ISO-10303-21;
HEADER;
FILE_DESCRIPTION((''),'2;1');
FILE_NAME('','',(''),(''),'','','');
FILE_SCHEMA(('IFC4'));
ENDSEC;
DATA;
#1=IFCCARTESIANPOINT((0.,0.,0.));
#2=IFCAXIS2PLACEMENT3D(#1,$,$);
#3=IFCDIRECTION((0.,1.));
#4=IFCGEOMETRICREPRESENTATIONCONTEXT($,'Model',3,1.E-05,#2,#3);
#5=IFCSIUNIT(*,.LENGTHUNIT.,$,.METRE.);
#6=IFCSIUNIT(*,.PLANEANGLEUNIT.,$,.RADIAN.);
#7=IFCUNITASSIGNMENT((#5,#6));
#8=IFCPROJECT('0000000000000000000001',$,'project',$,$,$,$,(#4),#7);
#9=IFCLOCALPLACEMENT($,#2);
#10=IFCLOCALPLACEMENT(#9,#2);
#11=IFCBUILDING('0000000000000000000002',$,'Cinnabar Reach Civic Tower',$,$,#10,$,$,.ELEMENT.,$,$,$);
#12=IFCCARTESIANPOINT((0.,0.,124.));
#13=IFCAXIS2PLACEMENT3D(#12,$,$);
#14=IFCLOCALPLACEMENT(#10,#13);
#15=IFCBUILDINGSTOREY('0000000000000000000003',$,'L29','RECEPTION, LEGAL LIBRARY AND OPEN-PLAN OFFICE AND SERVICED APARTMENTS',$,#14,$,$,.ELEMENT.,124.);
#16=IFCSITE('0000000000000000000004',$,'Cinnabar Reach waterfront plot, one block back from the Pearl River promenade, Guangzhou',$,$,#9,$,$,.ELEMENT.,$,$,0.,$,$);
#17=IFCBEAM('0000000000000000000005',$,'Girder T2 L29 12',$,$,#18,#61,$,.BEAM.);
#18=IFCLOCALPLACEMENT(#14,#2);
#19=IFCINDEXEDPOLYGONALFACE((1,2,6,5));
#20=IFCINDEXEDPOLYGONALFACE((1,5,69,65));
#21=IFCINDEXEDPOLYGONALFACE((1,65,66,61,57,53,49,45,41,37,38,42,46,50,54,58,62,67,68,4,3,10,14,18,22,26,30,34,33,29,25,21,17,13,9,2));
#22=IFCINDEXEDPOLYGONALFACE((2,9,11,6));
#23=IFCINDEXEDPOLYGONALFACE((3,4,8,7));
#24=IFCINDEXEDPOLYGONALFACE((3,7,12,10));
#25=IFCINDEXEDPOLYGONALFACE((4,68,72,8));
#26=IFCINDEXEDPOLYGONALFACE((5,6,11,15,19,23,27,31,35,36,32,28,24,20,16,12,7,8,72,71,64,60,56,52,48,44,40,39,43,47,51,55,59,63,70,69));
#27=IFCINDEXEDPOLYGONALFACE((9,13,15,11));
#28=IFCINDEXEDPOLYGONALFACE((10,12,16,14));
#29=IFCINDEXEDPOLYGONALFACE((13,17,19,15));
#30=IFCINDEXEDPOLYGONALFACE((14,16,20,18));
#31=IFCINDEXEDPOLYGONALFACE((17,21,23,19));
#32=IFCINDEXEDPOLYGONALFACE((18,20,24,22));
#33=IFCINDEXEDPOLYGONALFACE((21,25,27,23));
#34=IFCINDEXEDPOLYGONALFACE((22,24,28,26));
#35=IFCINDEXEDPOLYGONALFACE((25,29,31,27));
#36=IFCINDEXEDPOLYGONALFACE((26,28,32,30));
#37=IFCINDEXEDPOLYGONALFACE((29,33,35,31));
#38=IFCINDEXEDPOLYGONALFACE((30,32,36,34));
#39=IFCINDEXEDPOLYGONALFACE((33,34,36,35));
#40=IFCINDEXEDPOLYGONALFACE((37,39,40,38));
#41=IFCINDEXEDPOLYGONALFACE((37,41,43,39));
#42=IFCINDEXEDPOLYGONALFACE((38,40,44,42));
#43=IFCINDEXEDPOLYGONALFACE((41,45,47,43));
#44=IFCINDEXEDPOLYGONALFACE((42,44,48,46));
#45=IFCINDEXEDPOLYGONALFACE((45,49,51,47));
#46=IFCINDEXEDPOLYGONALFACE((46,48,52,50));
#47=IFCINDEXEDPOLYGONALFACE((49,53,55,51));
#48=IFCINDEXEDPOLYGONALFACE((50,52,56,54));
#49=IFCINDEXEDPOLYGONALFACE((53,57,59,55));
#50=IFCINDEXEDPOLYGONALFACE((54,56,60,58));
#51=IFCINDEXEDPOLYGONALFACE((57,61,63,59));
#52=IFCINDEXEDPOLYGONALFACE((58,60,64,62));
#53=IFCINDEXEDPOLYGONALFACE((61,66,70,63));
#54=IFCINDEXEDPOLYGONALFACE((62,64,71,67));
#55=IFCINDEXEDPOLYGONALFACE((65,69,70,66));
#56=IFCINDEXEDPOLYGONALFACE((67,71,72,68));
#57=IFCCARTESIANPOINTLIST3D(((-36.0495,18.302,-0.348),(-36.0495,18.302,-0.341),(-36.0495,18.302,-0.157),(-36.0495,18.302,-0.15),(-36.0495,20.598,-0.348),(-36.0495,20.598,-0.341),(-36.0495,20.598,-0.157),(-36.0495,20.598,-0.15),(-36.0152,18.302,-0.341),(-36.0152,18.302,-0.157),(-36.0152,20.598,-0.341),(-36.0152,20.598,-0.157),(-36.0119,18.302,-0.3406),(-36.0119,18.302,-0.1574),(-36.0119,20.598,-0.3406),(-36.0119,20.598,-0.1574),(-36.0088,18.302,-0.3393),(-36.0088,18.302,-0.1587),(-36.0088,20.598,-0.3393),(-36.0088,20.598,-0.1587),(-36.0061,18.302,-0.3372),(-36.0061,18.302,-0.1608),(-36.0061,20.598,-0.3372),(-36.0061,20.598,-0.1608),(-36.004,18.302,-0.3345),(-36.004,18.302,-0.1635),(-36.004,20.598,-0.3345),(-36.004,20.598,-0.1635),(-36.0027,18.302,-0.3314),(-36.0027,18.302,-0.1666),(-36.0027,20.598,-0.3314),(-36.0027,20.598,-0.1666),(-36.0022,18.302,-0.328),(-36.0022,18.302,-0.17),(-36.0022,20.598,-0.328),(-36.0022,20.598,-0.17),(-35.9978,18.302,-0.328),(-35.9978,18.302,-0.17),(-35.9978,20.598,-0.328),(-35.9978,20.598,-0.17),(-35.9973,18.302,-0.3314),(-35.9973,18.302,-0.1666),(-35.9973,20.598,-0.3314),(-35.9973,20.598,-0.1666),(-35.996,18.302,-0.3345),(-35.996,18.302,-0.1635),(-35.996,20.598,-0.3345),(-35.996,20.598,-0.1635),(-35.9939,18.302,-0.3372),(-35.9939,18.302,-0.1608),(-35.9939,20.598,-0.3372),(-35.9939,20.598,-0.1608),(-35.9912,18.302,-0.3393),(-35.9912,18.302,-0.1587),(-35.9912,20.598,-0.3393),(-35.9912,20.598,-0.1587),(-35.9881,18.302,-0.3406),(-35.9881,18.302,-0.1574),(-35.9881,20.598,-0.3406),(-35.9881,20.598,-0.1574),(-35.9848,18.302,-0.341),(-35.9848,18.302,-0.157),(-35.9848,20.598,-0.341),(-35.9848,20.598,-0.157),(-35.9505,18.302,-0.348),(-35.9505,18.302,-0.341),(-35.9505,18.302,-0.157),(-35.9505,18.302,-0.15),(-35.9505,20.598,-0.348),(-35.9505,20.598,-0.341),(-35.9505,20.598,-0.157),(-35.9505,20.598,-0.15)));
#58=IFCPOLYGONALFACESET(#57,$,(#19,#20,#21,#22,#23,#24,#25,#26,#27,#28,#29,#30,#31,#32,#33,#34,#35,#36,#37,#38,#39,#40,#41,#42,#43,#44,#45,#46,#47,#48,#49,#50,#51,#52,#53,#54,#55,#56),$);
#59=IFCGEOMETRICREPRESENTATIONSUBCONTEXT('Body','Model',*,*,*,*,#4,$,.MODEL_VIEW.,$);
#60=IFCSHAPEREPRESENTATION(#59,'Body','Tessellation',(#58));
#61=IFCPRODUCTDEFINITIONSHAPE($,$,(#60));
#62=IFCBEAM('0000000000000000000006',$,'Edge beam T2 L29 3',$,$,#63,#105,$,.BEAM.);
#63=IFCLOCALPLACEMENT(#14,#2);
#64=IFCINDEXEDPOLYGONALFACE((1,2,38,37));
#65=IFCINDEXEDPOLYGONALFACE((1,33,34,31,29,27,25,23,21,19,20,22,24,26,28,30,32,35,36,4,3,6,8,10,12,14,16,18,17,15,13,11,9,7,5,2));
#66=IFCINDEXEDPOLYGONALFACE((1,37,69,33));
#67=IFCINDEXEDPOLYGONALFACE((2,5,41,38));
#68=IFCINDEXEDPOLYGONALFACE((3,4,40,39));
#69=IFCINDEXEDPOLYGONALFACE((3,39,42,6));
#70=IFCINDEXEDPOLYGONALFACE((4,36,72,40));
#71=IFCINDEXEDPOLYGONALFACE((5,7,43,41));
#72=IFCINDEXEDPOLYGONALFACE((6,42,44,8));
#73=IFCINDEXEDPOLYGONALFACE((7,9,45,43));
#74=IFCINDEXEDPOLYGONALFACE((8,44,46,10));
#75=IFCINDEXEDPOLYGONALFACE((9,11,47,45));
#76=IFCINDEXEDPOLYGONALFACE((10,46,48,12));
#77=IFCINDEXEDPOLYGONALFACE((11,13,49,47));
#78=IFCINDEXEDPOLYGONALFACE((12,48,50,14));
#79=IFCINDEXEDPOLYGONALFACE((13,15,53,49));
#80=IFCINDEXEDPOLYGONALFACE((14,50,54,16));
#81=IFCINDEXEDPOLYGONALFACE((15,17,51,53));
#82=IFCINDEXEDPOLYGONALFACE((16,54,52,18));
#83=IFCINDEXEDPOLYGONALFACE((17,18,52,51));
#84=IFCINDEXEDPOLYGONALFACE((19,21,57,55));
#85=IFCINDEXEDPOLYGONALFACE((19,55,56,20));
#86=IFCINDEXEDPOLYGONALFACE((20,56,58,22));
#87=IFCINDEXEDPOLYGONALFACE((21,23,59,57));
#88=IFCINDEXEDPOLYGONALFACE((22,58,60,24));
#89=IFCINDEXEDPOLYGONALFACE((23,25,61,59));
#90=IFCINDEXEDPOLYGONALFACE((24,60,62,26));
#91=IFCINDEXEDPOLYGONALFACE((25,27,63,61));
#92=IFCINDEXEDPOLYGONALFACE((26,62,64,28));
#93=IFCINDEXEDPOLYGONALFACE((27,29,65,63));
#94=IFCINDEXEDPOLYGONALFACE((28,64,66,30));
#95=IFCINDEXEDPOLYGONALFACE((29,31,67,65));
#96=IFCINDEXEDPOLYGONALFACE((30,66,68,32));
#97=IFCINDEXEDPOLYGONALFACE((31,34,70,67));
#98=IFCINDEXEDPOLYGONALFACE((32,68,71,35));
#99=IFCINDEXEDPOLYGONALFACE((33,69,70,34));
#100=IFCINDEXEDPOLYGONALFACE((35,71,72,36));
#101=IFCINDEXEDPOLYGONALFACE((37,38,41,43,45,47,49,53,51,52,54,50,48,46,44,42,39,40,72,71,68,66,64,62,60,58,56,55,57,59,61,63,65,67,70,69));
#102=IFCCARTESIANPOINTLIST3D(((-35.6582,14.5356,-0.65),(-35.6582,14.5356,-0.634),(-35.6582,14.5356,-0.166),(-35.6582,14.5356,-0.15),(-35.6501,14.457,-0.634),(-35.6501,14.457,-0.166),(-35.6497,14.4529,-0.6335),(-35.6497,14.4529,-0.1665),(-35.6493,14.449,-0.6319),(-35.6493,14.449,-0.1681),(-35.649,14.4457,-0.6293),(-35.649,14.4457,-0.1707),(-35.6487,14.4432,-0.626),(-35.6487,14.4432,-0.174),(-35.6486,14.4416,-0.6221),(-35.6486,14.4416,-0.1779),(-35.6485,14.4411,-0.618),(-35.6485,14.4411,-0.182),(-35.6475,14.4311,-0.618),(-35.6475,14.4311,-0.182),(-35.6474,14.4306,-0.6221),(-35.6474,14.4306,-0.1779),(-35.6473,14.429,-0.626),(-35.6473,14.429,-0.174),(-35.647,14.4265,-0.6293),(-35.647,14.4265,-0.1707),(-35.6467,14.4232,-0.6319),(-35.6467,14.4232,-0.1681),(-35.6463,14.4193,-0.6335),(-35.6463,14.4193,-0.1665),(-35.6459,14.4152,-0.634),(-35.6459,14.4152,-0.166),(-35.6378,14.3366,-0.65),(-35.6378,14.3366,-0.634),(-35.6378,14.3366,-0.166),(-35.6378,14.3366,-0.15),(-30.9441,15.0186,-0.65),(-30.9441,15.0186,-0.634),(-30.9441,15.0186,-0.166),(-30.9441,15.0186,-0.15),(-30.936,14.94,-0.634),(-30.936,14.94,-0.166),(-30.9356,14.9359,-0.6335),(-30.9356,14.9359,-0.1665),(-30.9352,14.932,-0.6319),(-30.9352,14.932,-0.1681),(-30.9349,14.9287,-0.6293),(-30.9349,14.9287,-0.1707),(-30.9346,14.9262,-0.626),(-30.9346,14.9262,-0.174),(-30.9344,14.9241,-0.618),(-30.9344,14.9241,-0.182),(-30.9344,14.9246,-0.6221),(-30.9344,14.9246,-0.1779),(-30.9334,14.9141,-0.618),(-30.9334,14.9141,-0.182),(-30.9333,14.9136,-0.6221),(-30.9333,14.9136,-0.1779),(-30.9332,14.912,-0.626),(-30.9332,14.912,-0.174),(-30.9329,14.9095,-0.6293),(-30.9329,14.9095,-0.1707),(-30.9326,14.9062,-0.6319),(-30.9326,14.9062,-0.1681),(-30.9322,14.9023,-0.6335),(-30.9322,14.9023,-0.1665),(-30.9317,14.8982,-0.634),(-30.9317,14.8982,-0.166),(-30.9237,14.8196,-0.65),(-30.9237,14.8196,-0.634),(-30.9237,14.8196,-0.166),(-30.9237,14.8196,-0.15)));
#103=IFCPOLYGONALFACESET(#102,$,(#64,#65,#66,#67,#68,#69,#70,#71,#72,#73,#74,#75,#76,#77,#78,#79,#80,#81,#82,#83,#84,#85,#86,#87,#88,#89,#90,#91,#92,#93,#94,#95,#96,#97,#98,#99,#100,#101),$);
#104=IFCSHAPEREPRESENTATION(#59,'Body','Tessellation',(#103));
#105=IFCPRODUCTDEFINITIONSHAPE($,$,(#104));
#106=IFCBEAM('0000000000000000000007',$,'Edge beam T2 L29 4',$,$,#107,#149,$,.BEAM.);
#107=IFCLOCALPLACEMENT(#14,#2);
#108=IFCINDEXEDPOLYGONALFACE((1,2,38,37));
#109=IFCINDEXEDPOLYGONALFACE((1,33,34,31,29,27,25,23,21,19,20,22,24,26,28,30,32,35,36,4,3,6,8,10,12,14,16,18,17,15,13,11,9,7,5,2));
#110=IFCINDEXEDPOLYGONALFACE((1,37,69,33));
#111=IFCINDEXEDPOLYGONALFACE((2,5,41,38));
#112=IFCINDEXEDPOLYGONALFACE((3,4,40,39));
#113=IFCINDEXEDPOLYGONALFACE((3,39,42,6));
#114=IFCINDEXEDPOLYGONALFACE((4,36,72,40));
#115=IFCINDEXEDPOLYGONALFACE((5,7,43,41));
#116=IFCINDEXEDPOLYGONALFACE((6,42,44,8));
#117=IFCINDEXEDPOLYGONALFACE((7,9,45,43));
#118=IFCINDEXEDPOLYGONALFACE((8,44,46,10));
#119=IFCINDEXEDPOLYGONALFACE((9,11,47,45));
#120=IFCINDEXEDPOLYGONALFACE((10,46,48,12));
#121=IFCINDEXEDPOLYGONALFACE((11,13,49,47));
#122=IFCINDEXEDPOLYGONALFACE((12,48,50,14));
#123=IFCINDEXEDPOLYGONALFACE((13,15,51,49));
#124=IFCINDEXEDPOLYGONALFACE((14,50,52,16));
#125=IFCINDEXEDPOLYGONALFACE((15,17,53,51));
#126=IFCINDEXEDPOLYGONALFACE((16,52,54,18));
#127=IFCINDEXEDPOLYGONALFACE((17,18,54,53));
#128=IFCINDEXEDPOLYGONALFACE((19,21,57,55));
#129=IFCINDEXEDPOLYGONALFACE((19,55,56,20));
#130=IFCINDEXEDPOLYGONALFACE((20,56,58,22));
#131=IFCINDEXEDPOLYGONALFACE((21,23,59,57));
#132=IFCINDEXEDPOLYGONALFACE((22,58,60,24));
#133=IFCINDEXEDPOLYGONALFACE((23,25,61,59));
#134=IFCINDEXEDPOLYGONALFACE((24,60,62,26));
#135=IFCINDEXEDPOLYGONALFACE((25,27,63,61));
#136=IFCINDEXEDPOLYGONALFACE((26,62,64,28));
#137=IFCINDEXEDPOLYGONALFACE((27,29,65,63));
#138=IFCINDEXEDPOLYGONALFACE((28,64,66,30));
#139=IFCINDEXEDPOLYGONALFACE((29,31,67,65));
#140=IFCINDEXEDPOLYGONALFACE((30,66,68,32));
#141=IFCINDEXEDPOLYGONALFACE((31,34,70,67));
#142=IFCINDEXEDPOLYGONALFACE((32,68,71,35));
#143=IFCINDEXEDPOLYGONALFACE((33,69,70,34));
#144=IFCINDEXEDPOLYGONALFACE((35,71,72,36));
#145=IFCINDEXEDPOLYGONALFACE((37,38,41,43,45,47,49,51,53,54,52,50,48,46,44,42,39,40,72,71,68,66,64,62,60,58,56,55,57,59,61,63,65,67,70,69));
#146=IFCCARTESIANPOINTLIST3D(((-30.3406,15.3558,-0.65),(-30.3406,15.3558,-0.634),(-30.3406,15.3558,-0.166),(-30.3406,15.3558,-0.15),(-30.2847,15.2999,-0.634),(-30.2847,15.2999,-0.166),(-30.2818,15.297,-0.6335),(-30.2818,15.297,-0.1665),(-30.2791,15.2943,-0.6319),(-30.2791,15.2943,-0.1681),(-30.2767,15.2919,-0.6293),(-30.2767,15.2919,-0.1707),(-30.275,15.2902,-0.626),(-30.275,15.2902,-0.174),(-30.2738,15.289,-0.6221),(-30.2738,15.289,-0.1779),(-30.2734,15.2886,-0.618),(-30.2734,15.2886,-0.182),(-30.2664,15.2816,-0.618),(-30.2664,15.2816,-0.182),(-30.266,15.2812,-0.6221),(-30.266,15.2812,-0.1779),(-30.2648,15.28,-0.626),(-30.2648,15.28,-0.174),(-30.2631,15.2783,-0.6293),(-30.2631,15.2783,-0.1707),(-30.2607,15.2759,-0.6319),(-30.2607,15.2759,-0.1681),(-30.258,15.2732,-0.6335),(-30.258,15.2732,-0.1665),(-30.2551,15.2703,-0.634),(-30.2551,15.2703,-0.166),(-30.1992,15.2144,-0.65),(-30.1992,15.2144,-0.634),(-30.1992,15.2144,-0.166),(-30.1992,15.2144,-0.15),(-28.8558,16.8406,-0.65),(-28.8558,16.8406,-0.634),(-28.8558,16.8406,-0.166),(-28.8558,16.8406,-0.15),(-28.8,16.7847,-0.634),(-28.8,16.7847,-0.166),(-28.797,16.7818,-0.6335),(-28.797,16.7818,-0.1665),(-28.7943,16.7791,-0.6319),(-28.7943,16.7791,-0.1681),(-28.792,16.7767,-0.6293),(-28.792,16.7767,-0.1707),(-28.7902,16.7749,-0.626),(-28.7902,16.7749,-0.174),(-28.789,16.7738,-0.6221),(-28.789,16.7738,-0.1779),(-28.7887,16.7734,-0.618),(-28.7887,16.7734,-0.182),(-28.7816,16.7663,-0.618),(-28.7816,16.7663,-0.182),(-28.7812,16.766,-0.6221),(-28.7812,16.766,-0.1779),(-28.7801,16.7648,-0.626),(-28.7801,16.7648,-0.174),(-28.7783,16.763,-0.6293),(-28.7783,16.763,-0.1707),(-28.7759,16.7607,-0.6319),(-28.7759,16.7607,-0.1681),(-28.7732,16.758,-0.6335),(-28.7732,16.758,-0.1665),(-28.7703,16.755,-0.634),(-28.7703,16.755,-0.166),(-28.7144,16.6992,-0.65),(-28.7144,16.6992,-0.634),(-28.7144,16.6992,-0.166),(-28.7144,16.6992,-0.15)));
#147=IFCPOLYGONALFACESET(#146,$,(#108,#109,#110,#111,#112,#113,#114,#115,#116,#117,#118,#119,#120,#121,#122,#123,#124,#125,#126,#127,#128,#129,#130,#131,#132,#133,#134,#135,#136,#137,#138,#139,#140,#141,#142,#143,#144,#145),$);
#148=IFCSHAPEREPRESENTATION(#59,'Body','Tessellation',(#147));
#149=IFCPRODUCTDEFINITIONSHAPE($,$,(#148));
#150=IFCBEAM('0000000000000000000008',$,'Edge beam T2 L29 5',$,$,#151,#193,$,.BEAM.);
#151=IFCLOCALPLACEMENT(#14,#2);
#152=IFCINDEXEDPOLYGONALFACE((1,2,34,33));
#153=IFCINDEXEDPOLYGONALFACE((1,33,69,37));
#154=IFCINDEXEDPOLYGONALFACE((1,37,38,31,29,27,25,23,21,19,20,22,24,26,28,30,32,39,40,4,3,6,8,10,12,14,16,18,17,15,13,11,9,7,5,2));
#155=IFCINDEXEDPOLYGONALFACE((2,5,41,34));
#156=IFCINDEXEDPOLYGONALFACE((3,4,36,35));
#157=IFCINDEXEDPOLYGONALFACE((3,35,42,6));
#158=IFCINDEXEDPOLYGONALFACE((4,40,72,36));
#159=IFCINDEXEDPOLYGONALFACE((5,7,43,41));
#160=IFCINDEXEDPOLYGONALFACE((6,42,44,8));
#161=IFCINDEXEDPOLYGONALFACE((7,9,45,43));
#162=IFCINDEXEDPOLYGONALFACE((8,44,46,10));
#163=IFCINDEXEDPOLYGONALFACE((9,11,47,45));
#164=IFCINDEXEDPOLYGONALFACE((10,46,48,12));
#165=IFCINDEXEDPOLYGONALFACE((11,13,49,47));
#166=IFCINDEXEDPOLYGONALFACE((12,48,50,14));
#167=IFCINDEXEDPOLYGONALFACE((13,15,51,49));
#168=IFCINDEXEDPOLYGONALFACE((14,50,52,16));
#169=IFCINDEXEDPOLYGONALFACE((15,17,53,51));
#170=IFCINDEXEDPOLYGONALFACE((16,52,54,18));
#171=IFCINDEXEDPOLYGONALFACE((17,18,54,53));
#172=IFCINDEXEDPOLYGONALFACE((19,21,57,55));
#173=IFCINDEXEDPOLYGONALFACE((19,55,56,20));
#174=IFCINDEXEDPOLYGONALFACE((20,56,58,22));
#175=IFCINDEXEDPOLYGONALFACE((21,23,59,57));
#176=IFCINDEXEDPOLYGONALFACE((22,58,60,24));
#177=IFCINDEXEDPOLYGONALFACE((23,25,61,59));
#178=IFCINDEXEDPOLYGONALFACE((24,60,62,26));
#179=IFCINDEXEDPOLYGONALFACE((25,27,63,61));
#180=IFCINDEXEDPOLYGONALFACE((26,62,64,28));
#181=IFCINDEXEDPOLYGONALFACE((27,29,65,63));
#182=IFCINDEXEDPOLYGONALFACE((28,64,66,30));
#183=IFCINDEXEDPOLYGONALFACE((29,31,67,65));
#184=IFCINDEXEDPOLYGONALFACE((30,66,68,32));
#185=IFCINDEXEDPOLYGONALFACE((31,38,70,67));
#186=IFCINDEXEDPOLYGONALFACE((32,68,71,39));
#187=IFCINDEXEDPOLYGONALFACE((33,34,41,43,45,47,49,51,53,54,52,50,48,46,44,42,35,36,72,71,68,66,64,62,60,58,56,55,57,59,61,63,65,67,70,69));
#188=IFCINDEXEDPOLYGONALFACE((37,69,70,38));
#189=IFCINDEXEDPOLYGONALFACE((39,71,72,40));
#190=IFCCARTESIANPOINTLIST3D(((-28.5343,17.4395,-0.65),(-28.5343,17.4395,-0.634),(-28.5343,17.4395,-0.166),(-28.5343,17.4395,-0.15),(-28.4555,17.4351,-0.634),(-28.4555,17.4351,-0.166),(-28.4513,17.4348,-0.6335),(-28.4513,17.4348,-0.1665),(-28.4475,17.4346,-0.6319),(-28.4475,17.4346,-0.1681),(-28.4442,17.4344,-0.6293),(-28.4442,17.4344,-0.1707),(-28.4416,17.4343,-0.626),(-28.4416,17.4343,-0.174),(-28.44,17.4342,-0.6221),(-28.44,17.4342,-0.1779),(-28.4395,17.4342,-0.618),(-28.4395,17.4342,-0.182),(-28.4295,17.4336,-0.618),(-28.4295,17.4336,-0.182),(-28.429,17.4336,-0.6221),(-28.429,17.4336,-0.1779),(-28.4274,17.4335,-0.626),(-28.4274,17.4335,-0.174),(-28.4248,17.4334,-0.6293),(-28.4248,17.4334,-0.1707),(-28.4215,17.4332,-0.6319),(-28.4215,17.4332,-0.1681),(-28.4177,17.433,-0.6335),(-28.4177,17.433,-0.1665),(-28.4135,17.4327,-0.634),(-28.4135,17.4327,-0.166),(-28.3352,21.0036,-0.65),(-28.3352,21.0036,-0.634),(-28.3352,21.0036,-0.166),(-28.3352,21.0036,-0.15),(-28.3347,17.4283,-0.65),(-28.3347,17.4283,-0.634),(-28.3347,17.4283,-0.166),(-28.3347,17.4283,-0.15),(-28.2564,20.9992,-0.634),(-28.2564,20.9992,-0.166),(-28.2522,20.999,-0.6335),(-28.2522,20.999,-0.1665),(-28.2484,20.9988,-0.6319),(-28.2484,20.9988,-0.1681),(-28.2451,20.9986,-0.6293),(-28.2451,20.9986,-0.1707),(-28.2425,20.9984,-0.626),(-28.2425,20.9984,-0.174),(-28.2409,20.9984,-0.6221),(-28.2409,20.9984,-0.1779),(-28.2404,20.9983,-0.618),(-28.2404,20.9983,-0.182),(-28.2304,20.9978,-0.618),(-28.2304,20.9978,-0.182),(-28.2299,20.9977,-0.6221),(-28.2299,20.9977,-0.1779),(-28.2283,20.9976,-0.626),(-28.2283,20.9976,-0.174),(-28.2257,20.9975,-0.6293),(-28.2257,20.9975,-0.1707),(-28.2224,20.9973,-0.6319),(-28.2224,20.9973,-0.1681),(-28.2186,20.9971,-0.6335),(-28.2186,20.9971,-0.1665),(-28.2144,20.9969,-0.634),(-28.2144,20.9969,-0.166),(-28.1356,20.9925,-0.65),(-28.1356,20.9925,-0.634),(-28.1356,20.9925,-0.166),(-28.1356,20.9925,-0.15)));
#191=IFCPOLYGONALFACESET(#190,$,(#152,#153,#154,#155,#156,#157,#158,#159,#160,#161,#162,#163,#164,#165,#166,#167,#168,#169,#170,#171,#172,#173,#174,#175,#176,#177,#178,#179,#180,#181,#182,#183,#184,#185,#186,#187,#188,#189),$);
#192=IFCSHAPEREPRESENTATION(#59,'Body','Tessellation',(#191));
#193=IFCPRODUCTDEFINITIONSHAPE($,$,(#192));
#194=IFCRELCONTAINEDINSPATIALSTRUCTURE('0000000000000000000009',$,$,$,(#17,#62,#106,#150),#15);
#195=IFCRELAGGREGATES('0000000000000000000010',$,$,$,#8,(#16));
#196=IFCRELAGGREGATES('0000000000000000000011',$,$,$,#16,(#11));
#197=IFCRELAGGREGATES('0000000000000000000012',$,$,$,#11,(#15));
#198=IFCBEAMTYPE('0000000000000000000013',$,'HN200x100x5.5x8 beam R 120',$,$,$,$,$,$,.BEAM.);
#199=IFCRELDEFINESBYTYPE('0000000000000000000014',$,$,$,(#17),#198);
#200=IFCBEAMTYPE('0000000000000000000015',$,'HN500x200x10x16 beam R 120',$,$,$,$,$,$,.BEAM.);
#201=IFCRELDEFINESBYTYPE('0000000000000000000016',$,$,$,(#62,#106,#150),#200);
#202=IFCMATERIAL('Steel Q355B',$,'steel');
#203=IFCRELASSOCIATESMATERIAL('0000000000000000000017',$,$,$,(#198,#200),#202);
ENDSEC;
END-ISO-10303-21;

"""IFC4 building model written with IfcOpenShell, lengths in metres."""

from ifc_helpers import new_model, si_unit, direction, frame, origin, origin_2d, place, context, subcontext, project, spatial, i_section, extrude, material, material_profile, profile_set, type_object, element, save


model = new_model("IFC4")

# Units and contexts
model_context = context("Model", 3, precision=1e-05, world=origin(), true_north=direction((0.0, 1.0)))
body_context = subcontext(model_context, "Body", "Model", "MODEL_VIEW")
ifc_project = project(units=[si_unit("LENGTHUNIT", "METRE"), si_unit("PLANEANGLEUNIT", "RADIAN")], contexts=[model_context])

# Site, building, storey
site_placement = place(None, origin())
site = spatial("IfcSite", under=ifc_project, at=site_placement, Name="Cinnabar Reach waterfront plot, one block back from the Pearl River promenade, Guangzhou", CompositionType="ELEMENT", RefElevation=0.0)
building_placement = place(site_placement, origin())
building = spatial("IfcBuilding", under=site, at=building_placement, Name="Cinnabar Reach Civic Tower", CompositionType="ELEMENT")
storey_placement = place(building_placement, frame((0.0, 0.0, 124.0)))
storey = spatial("IfcBuildingStorey", under=building, at=storey_placement, Name="L29", Description="RECEPTION, LEGAL LIBRARY AND OPEN-PLAN OFFICE AND SERVICED APARTMENTS", CompositionType="ELEMENT", Elevation=124.0)

# Beams
ifc_material_1 = material(Name="Steel Q355B", Category="steel")
ifc_material_profile_1 = material_profile(ifc_material_1, i_section(OverallWidth=0.099, OverallDepth=0.198, WebThickness=0.0045, FlangeThickness=0.007, FilletRadius=0.013, at=origin_2d()), Name="HN200x100x5.5x8")
ifc_profile_set_1 = profile_set([ifc_material_profile_1], Name="Steel Q355B")
beam_type_1 = type_object("IfcBeamType", Name="HN200x100x5.5x8 beam R 120", PredefinedType="BEAM", material=ifc_profile_set_1)
beam_1_placement = place(storey_placement, frame((-36.0, 18.302, -0.249), z_axis=(0.0, 1.0, 0.0), x_axis=(-1.0, 0.0, 0.0)))
element("IfcBeam", 1, at=beam_1_placement, inside=storey, type_object=beam_type_1, Name="Girder T2 L29 12", PredefinedType="BEAM", context=body_context, shape_type="SweptSolid", body=[
    extrude(i_section(OverallWidth=0.099, OverallDepth=0.198, WebThickness=0.0045, FlangeThickness=0.007, FilletRadius=0.013, at=origin_2d()), origin(), (0.0, 0.0, 1.0), 2.296),
])
ifc_material_profile_2 = material_profile(ifc_material_1, i_section(OverallWidth=0.2, OverallDepth=0.5, WebThickness=0.01, FlangeThickness=0.016, FilletRadius=0.016, at=origin_2d()), Name="HN500x200x10x16")
ifc_profile_set_2 = profile_set([ifc_material_profile_2], Name="Steel Q355B")
beam_type_2 = type_object("IfcBeamType", Name="HN500x200x10x16 beam R 120", PredefinedType="BEAM", material=ifc_profile_set_2)
beam_2_placement = place(storey_placement, frame((-35.648, 14.4361, -0.4), z_axis=(0.994792, 0.101925, 0.0), x_axis=(-0.101925, 0.994792, 0.0)))
element("IfcBeam", 2, at=beam_2_placement, inside=storey, type_object=beam_type_2, Name="Edge beam T2 L29 3", PredefinedType="BEAM", context=body_context, shape_type="SweptSolid", body=[
    extrude(i_section(OverallWidth=0.2, OverallDepth=0.5, WebThickness=0.01, FlangeThickness=0.016, FilletRadius=0.016, at=origin_2d()), origin(), (0.0, 0.0, 1.0), 4.7388),
])
beam_3_placement = place(storey_placement, frame((-30.2699, 15.2851, -0.4), z_axis=(0.707107, 0.707107, 0.0), x_axis=(-0.707107, 0.707107, 0.0)))
element("IfcBeam", 3, at=beam_3_placement, inside=storey, type_object=beam_type_2, Name="Edge beam T2 L29 4", PredefinedType="BEAM", context=body_context, shape_type="SweptSolid", body=[
    extrude(i_section(OverallWidth=0.2, OverallDepth=0.5, WebThickness=0.01, FlangeThickness=0.016, FilletRadius=0.016, at=origin_2d()), origin(), (0.0, 0.0, 1.0), 2.0998),
])
beam_4_placement = place(storey_placement, frame((-28.4345, 17.4339, -0.4), z_axis=(0.055776, 0.998443, 0.0), x_axis=(-0.998443, 0.055776, 0.0)))
element("IfcBeam", 4, at=beam_4_placement, inside=storey, type_object=beam_type_2, Name="Edge beam T2 L29 5", PredefinedType="BEAM", context=body_context, shape_type="SweptSolid", body=[
    extrude(i_section(OverallWidth=0.2, OverallDepth=0.5, WebThickness=0.01, FlangeThickness=0.016, FilletRadius=0.016, at=origin_2d()), origin(), (0.0, 0.0, 1.0), 3.5697),
])

save(model, "model.ifc")
